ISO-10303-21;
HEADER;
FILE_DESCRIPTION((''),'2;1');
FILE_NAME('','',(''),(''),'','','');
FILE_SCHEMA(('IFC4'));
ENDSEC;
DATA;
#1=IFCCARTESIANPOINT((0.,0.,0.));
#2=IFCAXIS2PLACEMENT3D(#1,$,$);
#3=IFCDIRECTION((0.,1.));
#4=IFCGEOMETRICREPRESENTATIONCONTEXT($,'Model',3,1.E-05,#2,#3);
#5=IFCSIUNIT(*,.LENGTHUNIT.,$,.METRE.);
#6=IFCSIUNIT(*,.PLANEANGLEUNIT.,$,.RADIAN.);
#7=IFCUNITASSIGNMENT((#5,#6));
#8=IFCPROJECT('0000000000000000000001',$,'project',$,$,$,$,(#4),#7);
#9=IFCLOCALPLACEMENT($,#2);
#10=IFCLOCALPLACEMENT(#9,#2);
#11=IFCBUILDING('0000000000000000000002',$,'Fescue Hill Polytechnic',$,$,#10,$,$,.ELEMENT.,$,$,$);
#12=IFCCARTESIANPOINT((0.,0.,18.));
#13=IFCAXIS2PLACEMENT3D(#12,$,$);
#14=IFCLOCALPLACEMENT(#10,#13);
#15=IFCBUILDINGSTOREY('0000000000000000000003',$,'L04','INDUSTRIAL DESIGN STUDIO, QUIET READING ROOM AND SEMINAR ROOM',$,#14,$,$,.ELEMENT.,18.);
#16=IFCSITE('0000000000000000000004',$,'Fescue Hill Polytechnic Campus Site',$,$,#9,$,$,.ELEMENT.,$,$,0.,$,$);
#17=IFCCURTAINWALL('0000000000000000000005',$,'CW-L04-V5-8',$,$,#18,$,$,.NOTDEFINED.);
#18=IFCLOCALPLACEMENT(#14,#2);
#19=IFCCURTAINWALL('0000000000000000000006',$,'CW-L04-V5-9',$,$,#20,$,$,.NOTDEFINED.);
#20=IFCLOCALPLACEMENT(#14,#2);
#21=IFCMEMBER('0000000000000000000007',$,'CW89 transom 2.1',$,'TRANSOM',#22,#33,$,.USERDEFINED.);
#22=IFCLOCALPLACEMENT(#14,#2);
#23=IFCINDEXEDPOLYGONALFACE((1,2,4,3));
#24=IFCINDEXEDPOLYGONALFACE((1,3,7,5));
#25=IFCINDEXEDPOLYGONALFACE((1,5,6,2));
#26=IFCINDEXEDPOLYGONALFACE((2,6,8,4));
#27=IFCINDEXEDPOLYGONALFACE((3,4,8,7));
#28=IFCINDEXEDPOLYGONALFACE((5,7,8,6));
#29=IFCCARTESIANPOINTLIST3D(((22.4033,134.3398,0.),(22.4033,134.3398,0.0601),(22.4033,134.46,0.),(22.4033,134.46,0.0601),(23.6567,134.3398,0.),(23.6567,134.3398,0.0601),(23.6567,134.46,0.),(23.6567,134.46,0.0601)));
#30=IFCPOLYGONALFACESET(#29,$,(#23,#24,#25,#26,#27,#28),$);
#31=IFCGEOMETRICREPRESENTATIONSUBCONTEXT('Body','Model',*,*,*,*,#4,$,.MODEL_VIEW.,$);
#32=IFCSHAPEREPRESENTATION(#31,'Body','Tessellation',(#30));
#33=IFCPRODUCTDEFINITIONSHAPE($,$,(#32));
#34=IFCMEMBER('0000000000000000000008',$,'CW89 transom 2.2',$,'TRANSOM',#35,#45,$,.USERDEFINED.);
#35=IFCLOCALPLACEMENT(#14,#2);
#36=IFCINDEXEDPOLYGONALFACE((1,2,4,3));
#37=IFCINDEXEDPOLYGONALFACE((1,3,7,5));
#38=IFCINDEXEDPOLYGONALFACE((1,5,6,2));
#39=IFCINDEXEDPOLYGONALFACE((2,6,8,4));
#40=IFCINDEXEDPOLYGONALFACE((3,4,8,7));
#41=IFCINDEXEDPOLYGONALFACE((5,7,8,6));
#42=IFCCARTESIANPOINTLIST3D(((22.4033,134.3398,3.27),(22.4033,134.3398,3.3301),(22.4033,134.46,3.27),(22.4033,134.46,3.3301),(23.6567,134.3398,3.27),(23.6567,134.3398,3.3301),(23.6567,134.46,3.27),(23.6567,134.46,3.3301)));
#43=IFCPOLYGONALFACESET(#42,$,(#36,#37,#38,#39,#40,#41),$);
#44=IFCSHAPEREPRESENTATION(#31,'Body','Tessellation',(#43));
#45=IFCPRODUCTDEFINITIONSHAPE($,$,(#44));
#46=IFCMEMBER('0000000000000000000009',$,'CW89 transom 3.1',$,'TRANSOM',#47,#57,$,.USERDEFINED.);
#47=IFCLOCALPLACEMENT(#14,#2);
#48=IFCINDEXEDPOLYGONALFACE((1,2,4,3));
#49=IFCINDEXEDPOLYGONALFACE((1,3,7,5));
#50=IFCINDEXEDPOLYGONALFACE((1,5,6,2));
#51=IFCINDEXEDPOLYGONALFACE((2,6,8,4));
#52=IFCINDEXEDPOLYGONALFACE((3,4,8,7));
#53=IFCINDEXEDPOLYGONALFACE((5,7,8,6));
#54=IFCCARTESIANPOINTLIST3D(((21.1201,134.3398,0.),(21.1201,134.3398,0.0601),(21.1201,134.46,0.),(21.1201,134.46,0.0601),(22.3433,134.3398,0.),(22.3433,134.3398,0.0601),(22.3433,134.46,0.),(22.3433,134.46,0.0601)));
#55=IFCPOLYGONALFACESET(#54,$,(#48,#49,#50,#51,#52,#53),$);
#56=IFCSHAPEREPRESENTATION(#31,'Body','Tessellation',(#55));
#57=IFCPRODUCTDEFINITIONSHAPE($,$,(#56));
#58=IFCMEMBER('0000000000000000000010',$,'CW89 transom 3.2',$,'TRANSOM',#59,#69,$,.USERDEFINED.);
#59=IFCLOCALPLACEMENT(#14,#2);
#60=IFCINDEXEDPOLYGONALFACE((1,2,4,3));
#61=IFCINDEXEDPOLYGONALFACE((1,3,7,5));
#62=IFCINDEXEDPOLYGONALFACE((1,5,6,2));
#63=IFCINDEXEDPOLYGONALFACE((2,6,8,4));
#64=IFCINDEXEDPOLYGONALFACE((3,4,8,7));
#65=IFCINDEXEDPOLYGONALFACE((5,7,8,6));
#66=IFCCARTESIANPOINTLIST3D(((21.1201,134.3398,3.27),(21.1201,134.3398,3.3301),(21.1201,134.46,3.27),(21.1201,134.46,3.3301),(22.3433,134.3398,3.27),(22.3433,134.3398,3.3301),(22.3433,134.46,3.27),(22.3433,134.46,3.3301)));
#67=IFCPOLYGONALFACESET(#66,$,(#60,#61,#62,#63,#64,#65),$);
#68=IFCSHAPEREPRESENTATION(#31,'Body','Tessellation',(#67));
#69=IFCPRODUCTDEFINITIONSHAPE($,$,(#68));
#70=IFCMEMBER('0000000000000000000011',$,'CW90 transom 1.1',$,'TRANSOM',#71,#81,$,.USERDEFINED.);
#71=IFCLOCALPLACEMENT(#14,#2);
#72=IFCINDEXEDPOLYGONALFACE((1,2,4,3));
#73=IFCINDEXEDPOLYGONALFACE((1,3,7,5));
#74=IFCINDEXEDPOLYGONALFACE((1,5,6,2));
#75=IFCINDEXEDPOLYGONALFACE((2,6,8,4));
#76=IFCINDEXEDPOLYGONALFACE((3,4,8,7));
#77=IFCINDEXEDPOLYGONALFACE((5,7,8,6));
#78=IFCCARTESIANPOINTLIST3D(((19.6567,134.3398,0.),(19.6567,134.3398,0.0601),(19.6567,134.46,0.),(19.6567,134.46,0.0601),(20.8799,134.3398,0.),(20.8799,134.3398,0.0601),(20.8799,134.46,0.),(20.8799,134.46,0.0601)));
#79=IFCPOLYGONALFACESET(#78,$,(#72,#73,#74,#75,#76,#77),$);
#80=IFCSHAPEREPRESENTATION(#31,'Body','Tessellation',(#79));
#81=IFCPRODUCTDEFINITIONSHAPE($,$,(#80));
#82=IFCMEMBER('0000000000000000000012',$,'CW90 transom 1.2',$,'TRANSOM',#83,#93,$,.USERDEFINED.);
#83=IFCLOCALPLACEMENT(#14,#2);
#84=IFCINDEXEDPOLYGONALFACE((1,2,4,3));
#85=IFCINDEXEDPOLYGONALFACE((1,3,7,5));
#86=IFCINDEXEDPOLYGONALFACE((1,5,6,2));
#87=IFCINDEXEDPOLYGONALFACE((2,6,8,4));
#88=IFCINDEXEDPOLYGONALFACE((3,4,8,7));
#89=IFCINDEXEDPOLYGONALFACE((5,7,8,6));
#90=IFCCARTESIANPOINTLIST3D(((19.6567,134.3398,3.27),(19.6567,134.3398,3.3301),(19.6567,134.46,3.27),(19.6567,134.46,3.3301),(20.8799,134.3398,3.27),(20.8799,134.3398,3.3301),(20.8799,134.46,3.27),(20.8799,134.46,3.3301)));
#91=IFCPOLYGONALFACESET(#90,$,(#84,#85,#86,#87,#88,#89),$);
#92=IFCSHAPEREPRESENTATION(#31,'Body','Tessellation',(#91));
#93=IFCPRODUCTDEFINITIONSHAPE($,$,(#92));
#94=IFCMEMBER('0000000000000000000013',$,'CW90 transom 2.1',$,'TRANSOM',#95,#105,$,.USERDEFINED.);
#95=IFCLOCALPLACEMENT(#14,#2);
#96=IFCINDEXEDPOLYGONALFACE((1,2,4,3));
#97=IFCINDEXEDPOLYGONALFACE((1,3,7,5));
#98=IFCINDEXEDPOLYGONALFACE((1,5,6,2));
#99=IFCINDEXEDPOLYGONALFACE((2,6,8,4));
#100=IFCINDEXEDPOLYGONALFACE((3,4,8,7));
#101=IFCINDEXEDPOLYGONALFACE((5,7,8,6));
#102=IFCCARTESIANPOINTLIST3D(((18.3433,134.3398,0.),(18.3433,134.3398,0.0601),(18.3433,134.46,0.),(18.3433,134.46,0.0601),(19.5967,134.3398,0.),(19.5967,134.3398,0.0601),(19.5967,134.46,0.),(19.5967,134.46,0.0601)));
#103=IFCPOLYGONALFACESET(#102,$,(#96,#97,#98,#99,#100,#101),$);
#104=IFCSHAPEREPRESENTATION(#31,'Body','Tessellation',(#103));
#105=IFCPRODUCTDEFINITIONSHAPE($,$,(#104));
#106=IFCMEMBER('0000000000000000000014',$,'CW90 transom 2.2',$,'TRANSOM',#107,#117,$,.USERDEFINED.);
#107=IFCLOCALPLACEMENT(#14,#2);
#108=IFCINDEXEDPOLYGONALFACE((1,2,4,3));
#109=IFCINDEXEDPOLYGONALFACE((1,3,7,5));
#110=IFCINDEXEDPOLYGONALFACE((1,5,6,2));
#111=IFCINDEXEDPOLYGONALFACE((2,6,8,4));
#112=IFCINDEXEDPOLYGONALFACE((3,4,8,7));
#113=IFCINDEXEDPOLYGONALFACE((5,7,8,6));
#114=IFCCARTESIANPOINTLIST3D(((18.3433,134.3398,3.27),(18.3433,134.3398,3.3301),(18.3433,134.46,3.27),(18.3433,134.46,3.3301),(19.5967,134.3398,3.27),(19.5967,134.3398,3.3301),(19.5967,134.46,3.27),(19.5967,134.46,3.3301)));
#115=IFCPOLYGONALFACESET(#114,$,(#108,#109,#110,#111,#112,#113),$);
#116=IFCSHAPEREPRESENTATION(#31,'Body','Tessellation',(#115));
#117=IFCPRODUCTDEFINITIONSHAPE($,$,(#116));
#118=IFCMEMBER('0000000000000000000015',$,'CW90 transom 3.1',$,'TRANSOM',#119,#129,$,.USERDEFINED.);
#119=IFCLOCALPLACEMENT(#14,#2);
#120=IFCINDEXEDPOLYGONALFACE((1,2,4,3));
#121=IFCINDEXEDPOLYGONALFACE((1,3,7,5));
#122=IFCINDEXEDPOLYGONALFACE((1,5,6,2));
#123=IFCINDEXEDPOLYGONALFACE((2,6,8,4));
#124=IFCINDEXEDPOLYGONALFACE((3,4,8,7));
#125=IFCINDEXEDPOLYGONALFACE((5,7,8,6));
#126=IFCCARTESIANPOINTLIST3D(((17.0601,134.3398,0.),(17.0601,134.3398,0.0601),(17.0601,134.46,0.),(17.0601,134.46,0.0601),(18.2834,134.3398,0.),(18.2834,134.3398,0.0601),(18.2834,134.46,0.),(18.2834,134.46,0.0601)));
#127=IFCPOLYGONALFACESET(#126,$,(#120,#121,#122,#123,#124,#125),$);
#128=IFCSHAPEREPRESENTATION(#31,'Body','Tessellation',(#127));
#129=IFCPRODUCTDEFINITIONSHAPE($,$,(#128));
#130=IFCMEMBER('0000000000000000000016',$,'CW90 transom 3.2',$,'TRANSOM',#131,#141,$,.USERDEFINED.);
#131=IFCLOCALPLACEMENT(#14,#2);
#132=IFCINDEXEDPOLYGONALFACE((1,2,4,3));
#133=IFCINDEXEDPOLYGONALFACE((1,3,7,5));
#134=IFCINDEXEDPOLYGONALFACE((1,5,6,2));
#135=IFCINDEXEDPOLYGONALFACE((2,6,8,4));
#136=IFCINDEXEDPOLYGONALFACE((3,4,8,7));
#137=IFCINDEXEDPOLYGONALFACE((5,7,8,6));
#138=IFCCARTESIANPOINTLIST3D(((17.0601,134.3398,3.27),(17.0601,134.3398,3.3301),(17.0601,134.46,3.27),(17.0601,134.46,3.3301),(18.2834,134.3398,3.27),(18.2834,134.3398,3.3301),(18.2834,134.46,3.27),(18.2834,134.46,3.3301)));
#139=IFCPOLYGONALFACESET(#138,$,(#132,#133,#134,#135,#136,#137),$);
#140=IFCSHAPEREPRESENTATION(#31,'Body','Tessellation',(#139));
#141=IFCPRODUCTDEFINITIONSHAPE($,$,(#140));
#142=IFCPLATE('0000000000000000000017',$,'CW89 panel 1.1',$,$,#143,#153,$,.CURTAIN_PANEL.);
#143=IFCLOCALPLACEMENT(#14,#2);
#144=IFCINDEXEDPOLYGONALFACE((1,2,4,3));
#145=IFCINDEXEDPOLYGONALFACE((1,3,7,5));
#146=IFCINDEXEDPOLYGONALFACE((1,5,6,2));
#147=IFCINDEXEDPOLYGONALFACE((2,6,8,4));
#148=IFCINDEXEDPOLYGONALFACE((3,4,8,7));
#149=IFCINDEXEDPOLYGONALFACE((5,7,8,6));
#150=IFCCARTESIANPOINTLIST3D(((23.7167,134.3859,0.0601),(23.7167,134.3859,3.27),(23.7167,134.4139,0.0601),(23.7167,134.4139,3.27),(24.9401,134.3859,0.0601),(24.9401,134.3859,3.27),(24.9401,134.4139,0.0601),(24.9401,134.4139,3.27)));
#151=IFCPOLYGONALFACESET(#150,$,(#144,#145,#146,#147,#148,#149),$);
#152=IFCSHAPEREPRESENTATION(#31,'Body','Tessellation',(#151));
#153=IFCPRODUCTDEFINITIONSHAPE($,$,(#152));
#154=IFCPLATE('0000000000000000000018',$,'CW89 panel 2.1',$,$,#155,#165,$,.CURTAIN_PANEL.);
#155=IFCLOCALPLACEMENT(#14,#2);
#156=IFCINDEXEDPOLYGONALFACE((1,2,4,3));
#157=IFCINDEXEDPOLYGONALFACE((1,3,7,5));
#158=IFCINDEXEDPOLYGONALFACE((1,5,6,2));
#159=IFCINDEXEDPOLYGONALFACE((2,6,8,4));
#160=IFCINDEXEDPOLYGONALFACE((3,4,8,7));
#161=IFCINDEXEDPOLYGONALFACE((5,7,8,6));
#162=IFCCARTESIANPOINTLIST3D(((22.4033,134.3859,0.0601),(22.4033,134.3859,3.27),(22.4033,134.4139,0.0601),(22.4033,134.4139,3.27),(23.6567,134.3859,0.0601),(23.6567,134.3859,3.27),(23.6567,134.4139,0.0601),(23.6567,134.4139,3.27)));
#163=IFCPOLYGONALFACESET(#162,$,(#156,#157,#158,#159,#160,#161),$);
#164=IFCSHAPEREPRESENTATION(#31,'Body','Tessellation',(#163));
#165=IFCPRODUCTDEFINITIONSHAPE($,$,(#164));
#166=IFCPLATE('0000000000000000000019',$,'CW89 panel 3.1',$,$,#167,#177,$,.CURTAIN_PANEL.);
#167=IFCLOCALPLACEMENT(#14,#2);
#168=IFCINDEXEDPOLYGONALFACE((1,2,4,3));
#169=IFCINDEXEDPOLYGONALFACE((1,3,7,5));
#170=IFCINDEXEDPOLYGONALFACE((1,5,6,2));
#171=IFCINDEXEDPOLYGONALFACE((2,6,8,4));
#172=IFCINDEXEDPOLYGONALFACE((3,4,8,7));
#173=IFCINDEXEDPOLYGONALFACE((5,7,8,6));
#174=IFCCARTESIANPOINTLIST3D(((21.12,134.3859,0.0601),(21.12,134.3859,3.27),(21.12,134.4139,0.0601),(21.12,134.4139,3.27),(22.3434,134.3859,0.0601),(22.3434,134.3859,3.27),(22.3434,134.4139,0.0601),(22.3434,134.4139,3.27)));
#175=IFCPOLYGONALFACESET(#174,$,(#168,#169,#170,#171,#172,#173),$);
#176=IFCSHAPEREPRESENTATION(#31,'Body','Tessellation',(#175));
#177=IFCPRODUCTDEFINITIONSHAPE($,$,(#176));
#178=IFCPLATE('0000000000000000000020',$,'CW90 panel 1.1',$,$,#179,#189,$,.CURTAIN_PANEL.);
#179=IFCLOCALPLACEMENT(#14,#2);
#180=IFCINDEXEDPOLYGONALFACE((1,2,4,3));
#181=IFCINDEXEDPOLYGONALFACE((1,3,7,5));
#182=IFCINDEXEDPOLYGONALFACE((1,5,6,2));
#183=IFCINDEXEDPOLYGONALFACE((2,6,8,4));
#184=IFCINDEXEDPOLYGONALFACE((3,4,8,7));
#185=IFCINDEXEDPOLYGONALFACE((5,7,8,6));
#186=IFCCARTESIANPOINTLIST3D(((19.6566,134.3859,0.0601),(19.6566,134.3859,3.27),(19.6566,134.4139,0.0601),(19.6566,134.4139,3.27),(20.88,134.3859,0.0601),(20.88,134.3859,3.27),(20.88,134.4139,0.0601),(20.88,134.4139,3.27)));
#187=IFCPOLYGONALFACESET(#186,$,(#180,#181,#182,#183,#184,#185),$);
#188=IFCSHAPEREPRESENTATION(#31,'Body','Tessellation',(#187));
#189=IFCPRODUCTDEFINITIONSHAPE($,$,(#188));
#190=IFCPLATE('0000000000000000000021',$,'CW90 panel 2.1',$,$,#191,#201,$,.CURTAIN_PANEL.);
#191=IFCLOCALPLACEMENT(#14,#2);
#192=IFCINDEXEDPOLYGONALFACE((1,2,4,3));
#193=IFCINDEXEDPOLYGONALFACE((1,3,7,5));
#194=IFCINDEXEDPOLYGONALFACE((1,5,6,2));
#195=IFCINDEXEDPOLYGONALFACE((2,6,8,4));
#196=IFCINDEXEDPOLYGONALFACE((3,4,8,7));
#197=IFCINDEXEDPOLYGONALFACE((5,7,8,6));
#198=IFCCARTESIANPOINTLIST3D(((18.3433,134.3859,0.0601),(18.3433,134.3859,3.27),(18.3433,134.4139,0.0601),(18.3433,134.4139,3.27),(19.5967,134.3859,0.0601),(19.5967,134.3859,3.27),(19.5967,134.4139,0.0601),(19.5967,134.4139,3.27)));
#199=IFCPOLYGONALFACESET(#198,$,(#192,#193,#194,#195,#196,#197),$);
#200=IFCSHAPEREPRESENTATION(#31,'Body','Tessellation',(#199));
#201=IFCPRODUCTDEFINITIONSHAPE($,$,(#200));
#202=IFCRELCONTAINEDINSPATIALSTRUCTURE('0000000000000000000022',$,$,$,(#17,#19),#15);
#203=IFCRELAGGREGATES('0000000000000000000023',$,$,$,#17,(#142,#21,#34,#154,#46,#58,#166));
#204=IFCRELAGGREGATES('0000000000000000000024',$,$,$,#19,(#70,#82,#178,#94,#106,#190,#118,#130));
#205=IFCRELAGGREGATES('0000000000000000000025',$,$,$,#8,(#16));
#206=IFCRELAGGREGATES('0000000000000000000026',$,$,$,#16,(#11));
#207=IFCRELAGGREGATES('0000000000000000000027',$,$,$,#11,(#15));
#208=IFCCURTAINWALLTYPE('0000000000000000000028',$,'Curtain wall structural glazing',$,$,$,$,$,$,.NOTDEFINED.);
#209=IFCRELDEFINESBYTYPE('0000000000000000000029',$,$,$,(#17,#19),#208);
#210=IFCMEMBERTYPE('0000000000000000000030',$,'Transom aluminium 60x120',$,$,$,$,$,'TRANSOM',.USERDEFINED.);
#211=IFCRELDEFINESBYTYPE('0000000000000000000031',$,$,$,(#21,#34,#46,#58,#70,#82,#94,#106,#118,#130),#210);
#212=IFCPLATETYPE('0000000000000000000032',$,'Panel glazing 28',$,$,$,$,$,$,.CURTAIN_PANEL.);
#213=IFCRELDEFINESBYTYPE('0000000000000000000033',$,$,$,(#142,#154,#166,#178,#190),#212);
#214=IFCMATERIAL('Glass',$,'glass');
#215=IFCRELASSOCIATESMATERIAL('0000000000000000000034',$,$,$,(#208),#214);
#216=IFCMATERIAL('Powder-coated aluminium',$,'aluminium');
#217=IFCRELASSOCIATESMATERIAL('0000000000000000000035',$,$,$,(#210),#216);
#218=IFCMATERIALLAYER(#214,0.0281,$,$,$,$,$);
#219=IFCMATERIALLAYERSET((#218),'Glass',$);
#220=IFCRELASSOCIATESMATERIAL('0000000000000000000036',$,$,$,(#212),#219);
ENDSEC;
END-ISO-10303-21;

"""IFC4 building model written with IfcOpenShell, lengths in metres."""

from ifc_helpers import new_model, si_unit, direction, frame, origin, origin_2d, place, context, subcontext, project, spatial, rectangle, extrude, material, layer, layer_set, material_profile, profile_set, type_object, element, aggregate, save


model = new_model("IFC4")

# Units and contexts
model_context = context("Model", 3, precision=1e-05, world=origin(), true_north=direction((0.0, 1.0)))
body_context = subcontext(model_context, "Body", "Model", "MODEL_VIEW")
ifc_project = project(units=[si_unit("LENGTHUNIT", "METRE"), si_unit("PLANEANGLEUNIT", "RADIAN")], contexts=[model_context])

# Site, building, storey
site_placement = place(None, origin())
site = spatial("IfcSite", under=ifc_project, at=site_placement, Name="Fescue Hill Polytechnic Campus Site", CompositionType="ELEMENT", RefElevation=0.0)
building_placement = place(site_placement, origin())
building = spatial("IfcBuilding", under=site, at=building_placement, Name="Fescue Hill Polytechnic", CompositionType="ELEMENT")
storey_placement = place(building_placement, frame((0.0, 0.0, 18.0)))
storey = spatial("IfcBuildingStorey", under=building, at=storey_placement, Name="L04", Description="INDUSTRIAL DESIGN STUDIO, QUIET READING ROOM AND SEMINAR ROOM", CompositionType="ELEMENT", Elevation=18.0)

# Curtain walls
ifc_material_1 = material(Name="Glass", Category="glass")
curtain_wall_type = type_object("IfcCurtainWallType", Name="Curtain wall structural glazing", PredefinedType="NOTDEFINED", material=ifc_material_1)
curtain_wall_1_placement = place(storey_placement, origin())
curtain_wall_1 = element("IfcCurtainWall", 1, at=curtain_wall_1_placement, inside=storey, type_object=curtain_wall_type, Name="CW-L04-V5-8", PredefinedType="NOTDEFINED")
ifc_material_2 = material(Name="Powder-coated aluminium", Category="aluminium")
curtain_wall_2_placement = place(storey_placement, origin())
curtain_wall_2 = element("IfcCurtainWall", 2, at=curtain_wall_2_placement, inside=storey, type_object=curtain_wall_type, Name="CW-L04-V5-9", PredefinedType="NOTDEFINED")

# Members
ifc_material_profile_1 = material_profile(ifc_material_2, rectangle(XDim=0.1201, YDim=0.0601, at=origin_2d()), Name="Transom aluminium 60x120")
ifc_profile_set_1 = profile_set([ifc_material_profile_1], Name="Powder-coated aluminium")
member_type_1 = type_object("IfcMemberType", Name="Transom aluminium 60x120", ElementType="TRANSOM", PredefinedType="USERDEFINED", material=ifc_profile_set_1)
member_1_placement = place(storey_placement, frame((23.6567, 134.3999, 0.03), z_axis=(-1.0, 0.0, 0.0), x_axis=(0.0, -1.0, 0.0)))
member_1 = element("IfcMember", 3, at=member_1_placement, type_object=member_type_1, Name="CW89 transom 2.1", ObjectType="TRANSOM", PredefinedType="USERDEFINED", context=body_context, shape_type="SweptSolid", body=[
    extrude(rectangle(XDim=0.1201, YDim=0.0601, at=origin_2d()), origin(), (0.0, 0.0, 1.0), 1.2534),
])
member_2_placement = place(storey_placement, frame((23.6567, 134.3999, 3.3), z_axis=(-1.0, 0.0, 0.0), x_axis=(0.0, -1.0, 0.0)))
member_2 = element("IfcMember", 4, at=member_2_placement, type_object=member_type_1, Name="CW89 transom 2.2", ObjectType="TRANSOM", PredefinedType="USERDEFINED", context=body_context, shape_type="SweptSolid", body=[
    extrude(rectangle(XDim=0.1201, YDim=0.0601, at=origin_2d()), origin(), (0.0, 0.0, 1.0), 1.2534),
])
member_3_placement = place(storey_placement, frame((22.3433, 134.3999, 0.03), z_axis=(-1.0, 0.0, 0.0), x_axis=(0.0, -1.0, 0.0)))
member_3 = element("IfcMember", 5, at=member_3_placement, type_object=member_type_1, Name="CW89 transom 3.1", ObjectType="TRANSOM", PredefinedType="USERDEFINED", context=body_context, shape_type="SweptSolid", body=[
    extrude(rectangle(XDim=0.1201, YDim=0.0601, at=origin_2d()), origin(), (0.0, 0.0, 1.0), 1.2231),
])
member_4_placement = place(storey_placement, frame((22.3433, 134.3999, 3.3), z_axis=(-1.0, 0.0, 0.0), x_axis=(0.0, -1.0, 0.0)))
member_4 = element("IfcMember", 6, at=member_4_placement, type_object=member_type_1, Name="CW89 transom 3.2", ObjectType="TRANSOM", PredefinedType="USERDEFINED", context=body_context, shape_type="SweptSolid", body=[
    extrude(rectangle(XDim=0.1201, YDim=0.0601, at=origin_2d()), origin(), (0.0, 0.0, 1.0), 1.2231),
])
member_5_placement = place(storey_placement, frame((20.8799, 134.3999, 0.03), z_axis=(-1.0, 0.0, 0.0), x_axis=(0.0, -1.0, 0.0)))
member_5 = element("IfcMember", 7, at=member_5_placement, type_object=member_type_1, Name="CW90 transom 1.1", ObjectType="TRANSOM", PredefinedType="USERDEFINED", context=body_context, shape_type="SweptSolid", body=[
    extrude(rectangle(XDim=0.1201, YDim=0.0601, at=origin_2d()), origin(), (0.0, 0.0, 1.0), 1.2231),
])
member_6_placement = place(storey_placement, frame((20.8799, 134.3999, 3.3), z_axis=(-1.0, 0.0, 0.0), x_axis=(0.0, -1.0, 0.0)))
member_6 = element("IfcMember", 8, at=member_6_placement, type_object=member_type_1, Name="CW90 transom 1.2", ObjectType="TRANSOM", PredefinedType="USERDEFINED", context=body_context, shape_type="SweptSolid", body=[
    extrude(rectangle(XDim=0.1201, YDim=0.0601, at=origin_2d()), origin(), (0.0, 0.0, 1.0), 1.2231),
])
member_7_placement = place(storey_placement, frame((19.5967, 134.3999, 0.03), z_axis=(-1.0, 0.0, 0.0), x_axis=(0.0, -1.0, 0.0)))
member_7 = element("IfcMember", 9, at=member_7_placement, type_object=member_type_1, Name="CW90 transom 2.1", ObjectType="TRANSOM", PredefinedType="USERDEFINED", context=body_context, shape_type="SweptSolid", body=[
    extrude(rectangle(XDim=0.1201, YDim=0.0601, at=origin_2d()), origin(), (0.0, 0.0, 1.0), 1.2534),
])
member_8_placement = place(storey_placement, frame((19.5967, 134.3999, 3.3), z_axis=(-1.0, 0.0, 0.0), x_axis=(0.0, -1.0, 0.0)))
member_8 = element("IfcMember", 10, at=member_8_placement, type_object=member_type_1, Name="CW90 transom 2.2", ObjectType="TRANSOM", PredefinedType="USERDEFINED", context=body_context, shape_type="SweptSolid", body=[
    extrude(rectangle(XDim=0.1201, YDim=0.0601, at=origin_2d()), origin(), (0.0, 0.0, 1.0), 1.2534),
])
member_9_placement = place(storey_placement, frame((18.2834, 134.3999, 0.03), z_axis=(-1.0, 0.0, 0.0), x_axis=(0.0, -1.0, 0.0)))
member_9 = element("IfcMember", 11, at=member_9_placement, type_object=member_type_1, Name="CW90 transom 3.1", ObjectType="TRANSOM", PredefinedType="USERDEFINED", context=body_context, shape_type="SweptSolid", body=[
    extrude(rectangle(XDim=0.1201, YDim=0.0601, at=origin_2d()), origin(), (0.0, 0.0, 1.0), 1.2234),
])
member_10_placement = place(storey_placement, frame((18.2834, 134.3999, 3.3), z_axis=(-1.0, 0.0, 0.0), x_axis=(0.0, -1.0, 0.0)))
member_10 = element("IfcMember", 12, at=member_10_placement, type_object=member_type_1, Name="CW90 transom 3.2", ObjectType="TRANSOM", PredefinedType="USERDEFINED", context=body_context, shape_type="SweptSolid", body=[
    extrude(rectangle(XDim=0.1201, YDim=0.0601, at=origin_2d()), origin(), (0.0, 0.0, 1.0), 1.2234),
])

# Plates
ifc_layer_1 = layer(ifc_material_1, 0.0281)
ifc_layer_set_1 = layer_set([ifc_layer_1], Name="Glass")
plate_type = type_object("IfcPlateType", Name="Panel glazing 28", PredefinedType="CURTAIN_PANEL", material=ifc_layer_set_1)
plate_1_placement = place(storey_placement, frame((24.3284, 134.3999, 0.0601), z_axis=(0.0, 0.0, 1.0), x_axis=(-1.0, 0.0, 0.0)))
plate_1 = element("IfcPlate", 13, at=plate_1_placement, type_object=plate_type, Name="CW89 panel 1.1", PredefinedType="CURTAIN_PANEL", context=body_context, shape_type="SweptSolid", body=[
    extrude(rectangle(XDim=1.2234, YDim=0.0281, at=origin_2d()), origin(), (0.0, 0.0, 1.0), 3.21),
])
plate_2_placement = place(storey_placement, frame((23.03, 134.3999, 0.0601), z_axis=(0.0, 0.0, 1.0), x_axis=(-1.0, 0.0, 0.0)))
plate_2 = element("IfcPlate", 14, at=plate_2_placement, type_object=plate_type, Name="CW89 panel 2.1", PredefinedType="CURTAIN_PANEL", context=body_context, shape_type="SweptSolid", body=[
    extrude(rectangle(XDim=1.2534, YDim=0.0281, at=origin_2d()), origin(), (0.0, 0.0, 1.0), 3.21),
])
plate_3_placement = place(storey_placement, frame((21.7317, 134.3999, 0.0601), z_axis=(0.0, 0.0, 1.0), x_axis=(-1.0, 0.0, 0.0)))
plate_3 = element("IfcPlate", 15, at=plate_3_placement, type_object=plate_type, Name="CW89 panel 3.1", PredefinedType="CURTAIN_PANEL", context=body_context, shape_type="SweptSolid", body=[
    extrude(rectangle(XDim=1.2234, YDim=0.0281, at=origin_2d()), origin(), (0.0, 0.0, 1.0), 3.21),
])
aggregate(curtain_wall_1, [plate_1, member_1, member_2, plate_2, member_3, member_4, plate_3])
plate_4_placement = place(storey_placement, frame((20.2683, 134.3999, 0.0601), z_axis=(0.0, 0.0, 1.0), x_axis=(-1.0, 0.0, 0.0)))
plate_4 = element("IfcPlate", 16, at=plate_4_placement, type_object=plate_type, Name="CW90 panel 1.1", PredefinedType="CURTAIN_PANEL", context=body_context, shape_type="SweptSolid", body=[
    extrude(rectangle(XDim=1.2234, YDim=0.0281, at=origin_2d()), origin(), (0.0, 0.0, 1.0), 3.21),
])
plate_5_placement = place(storey_placement, frame((18.97, 134.3999, 0.0601), z_axis=(0.0, 0.0, 1.0), x_axis=(-1.0, 0.0, 0.0)))
plate_5 = element("IfcPlate", 17, at=plate_5_placement, type_object=plate_type, Name="CW90 panel 2.1", PredefinedType="CURTAIN_PANEL", context=body_context, shape_type="SweptSolid", body=[
    extrude(rectangle(XDim=1.2534, YDim=0.0281, at=origin_2d()), origin(), (0.0, 0.0, 1.0), 3.21),
])
aggregate(curtain_wall_2, [member_5, member_6, plate_4, member_7, member_8, plate_5, member_9, member_10])

save(model, "model.ifc")
